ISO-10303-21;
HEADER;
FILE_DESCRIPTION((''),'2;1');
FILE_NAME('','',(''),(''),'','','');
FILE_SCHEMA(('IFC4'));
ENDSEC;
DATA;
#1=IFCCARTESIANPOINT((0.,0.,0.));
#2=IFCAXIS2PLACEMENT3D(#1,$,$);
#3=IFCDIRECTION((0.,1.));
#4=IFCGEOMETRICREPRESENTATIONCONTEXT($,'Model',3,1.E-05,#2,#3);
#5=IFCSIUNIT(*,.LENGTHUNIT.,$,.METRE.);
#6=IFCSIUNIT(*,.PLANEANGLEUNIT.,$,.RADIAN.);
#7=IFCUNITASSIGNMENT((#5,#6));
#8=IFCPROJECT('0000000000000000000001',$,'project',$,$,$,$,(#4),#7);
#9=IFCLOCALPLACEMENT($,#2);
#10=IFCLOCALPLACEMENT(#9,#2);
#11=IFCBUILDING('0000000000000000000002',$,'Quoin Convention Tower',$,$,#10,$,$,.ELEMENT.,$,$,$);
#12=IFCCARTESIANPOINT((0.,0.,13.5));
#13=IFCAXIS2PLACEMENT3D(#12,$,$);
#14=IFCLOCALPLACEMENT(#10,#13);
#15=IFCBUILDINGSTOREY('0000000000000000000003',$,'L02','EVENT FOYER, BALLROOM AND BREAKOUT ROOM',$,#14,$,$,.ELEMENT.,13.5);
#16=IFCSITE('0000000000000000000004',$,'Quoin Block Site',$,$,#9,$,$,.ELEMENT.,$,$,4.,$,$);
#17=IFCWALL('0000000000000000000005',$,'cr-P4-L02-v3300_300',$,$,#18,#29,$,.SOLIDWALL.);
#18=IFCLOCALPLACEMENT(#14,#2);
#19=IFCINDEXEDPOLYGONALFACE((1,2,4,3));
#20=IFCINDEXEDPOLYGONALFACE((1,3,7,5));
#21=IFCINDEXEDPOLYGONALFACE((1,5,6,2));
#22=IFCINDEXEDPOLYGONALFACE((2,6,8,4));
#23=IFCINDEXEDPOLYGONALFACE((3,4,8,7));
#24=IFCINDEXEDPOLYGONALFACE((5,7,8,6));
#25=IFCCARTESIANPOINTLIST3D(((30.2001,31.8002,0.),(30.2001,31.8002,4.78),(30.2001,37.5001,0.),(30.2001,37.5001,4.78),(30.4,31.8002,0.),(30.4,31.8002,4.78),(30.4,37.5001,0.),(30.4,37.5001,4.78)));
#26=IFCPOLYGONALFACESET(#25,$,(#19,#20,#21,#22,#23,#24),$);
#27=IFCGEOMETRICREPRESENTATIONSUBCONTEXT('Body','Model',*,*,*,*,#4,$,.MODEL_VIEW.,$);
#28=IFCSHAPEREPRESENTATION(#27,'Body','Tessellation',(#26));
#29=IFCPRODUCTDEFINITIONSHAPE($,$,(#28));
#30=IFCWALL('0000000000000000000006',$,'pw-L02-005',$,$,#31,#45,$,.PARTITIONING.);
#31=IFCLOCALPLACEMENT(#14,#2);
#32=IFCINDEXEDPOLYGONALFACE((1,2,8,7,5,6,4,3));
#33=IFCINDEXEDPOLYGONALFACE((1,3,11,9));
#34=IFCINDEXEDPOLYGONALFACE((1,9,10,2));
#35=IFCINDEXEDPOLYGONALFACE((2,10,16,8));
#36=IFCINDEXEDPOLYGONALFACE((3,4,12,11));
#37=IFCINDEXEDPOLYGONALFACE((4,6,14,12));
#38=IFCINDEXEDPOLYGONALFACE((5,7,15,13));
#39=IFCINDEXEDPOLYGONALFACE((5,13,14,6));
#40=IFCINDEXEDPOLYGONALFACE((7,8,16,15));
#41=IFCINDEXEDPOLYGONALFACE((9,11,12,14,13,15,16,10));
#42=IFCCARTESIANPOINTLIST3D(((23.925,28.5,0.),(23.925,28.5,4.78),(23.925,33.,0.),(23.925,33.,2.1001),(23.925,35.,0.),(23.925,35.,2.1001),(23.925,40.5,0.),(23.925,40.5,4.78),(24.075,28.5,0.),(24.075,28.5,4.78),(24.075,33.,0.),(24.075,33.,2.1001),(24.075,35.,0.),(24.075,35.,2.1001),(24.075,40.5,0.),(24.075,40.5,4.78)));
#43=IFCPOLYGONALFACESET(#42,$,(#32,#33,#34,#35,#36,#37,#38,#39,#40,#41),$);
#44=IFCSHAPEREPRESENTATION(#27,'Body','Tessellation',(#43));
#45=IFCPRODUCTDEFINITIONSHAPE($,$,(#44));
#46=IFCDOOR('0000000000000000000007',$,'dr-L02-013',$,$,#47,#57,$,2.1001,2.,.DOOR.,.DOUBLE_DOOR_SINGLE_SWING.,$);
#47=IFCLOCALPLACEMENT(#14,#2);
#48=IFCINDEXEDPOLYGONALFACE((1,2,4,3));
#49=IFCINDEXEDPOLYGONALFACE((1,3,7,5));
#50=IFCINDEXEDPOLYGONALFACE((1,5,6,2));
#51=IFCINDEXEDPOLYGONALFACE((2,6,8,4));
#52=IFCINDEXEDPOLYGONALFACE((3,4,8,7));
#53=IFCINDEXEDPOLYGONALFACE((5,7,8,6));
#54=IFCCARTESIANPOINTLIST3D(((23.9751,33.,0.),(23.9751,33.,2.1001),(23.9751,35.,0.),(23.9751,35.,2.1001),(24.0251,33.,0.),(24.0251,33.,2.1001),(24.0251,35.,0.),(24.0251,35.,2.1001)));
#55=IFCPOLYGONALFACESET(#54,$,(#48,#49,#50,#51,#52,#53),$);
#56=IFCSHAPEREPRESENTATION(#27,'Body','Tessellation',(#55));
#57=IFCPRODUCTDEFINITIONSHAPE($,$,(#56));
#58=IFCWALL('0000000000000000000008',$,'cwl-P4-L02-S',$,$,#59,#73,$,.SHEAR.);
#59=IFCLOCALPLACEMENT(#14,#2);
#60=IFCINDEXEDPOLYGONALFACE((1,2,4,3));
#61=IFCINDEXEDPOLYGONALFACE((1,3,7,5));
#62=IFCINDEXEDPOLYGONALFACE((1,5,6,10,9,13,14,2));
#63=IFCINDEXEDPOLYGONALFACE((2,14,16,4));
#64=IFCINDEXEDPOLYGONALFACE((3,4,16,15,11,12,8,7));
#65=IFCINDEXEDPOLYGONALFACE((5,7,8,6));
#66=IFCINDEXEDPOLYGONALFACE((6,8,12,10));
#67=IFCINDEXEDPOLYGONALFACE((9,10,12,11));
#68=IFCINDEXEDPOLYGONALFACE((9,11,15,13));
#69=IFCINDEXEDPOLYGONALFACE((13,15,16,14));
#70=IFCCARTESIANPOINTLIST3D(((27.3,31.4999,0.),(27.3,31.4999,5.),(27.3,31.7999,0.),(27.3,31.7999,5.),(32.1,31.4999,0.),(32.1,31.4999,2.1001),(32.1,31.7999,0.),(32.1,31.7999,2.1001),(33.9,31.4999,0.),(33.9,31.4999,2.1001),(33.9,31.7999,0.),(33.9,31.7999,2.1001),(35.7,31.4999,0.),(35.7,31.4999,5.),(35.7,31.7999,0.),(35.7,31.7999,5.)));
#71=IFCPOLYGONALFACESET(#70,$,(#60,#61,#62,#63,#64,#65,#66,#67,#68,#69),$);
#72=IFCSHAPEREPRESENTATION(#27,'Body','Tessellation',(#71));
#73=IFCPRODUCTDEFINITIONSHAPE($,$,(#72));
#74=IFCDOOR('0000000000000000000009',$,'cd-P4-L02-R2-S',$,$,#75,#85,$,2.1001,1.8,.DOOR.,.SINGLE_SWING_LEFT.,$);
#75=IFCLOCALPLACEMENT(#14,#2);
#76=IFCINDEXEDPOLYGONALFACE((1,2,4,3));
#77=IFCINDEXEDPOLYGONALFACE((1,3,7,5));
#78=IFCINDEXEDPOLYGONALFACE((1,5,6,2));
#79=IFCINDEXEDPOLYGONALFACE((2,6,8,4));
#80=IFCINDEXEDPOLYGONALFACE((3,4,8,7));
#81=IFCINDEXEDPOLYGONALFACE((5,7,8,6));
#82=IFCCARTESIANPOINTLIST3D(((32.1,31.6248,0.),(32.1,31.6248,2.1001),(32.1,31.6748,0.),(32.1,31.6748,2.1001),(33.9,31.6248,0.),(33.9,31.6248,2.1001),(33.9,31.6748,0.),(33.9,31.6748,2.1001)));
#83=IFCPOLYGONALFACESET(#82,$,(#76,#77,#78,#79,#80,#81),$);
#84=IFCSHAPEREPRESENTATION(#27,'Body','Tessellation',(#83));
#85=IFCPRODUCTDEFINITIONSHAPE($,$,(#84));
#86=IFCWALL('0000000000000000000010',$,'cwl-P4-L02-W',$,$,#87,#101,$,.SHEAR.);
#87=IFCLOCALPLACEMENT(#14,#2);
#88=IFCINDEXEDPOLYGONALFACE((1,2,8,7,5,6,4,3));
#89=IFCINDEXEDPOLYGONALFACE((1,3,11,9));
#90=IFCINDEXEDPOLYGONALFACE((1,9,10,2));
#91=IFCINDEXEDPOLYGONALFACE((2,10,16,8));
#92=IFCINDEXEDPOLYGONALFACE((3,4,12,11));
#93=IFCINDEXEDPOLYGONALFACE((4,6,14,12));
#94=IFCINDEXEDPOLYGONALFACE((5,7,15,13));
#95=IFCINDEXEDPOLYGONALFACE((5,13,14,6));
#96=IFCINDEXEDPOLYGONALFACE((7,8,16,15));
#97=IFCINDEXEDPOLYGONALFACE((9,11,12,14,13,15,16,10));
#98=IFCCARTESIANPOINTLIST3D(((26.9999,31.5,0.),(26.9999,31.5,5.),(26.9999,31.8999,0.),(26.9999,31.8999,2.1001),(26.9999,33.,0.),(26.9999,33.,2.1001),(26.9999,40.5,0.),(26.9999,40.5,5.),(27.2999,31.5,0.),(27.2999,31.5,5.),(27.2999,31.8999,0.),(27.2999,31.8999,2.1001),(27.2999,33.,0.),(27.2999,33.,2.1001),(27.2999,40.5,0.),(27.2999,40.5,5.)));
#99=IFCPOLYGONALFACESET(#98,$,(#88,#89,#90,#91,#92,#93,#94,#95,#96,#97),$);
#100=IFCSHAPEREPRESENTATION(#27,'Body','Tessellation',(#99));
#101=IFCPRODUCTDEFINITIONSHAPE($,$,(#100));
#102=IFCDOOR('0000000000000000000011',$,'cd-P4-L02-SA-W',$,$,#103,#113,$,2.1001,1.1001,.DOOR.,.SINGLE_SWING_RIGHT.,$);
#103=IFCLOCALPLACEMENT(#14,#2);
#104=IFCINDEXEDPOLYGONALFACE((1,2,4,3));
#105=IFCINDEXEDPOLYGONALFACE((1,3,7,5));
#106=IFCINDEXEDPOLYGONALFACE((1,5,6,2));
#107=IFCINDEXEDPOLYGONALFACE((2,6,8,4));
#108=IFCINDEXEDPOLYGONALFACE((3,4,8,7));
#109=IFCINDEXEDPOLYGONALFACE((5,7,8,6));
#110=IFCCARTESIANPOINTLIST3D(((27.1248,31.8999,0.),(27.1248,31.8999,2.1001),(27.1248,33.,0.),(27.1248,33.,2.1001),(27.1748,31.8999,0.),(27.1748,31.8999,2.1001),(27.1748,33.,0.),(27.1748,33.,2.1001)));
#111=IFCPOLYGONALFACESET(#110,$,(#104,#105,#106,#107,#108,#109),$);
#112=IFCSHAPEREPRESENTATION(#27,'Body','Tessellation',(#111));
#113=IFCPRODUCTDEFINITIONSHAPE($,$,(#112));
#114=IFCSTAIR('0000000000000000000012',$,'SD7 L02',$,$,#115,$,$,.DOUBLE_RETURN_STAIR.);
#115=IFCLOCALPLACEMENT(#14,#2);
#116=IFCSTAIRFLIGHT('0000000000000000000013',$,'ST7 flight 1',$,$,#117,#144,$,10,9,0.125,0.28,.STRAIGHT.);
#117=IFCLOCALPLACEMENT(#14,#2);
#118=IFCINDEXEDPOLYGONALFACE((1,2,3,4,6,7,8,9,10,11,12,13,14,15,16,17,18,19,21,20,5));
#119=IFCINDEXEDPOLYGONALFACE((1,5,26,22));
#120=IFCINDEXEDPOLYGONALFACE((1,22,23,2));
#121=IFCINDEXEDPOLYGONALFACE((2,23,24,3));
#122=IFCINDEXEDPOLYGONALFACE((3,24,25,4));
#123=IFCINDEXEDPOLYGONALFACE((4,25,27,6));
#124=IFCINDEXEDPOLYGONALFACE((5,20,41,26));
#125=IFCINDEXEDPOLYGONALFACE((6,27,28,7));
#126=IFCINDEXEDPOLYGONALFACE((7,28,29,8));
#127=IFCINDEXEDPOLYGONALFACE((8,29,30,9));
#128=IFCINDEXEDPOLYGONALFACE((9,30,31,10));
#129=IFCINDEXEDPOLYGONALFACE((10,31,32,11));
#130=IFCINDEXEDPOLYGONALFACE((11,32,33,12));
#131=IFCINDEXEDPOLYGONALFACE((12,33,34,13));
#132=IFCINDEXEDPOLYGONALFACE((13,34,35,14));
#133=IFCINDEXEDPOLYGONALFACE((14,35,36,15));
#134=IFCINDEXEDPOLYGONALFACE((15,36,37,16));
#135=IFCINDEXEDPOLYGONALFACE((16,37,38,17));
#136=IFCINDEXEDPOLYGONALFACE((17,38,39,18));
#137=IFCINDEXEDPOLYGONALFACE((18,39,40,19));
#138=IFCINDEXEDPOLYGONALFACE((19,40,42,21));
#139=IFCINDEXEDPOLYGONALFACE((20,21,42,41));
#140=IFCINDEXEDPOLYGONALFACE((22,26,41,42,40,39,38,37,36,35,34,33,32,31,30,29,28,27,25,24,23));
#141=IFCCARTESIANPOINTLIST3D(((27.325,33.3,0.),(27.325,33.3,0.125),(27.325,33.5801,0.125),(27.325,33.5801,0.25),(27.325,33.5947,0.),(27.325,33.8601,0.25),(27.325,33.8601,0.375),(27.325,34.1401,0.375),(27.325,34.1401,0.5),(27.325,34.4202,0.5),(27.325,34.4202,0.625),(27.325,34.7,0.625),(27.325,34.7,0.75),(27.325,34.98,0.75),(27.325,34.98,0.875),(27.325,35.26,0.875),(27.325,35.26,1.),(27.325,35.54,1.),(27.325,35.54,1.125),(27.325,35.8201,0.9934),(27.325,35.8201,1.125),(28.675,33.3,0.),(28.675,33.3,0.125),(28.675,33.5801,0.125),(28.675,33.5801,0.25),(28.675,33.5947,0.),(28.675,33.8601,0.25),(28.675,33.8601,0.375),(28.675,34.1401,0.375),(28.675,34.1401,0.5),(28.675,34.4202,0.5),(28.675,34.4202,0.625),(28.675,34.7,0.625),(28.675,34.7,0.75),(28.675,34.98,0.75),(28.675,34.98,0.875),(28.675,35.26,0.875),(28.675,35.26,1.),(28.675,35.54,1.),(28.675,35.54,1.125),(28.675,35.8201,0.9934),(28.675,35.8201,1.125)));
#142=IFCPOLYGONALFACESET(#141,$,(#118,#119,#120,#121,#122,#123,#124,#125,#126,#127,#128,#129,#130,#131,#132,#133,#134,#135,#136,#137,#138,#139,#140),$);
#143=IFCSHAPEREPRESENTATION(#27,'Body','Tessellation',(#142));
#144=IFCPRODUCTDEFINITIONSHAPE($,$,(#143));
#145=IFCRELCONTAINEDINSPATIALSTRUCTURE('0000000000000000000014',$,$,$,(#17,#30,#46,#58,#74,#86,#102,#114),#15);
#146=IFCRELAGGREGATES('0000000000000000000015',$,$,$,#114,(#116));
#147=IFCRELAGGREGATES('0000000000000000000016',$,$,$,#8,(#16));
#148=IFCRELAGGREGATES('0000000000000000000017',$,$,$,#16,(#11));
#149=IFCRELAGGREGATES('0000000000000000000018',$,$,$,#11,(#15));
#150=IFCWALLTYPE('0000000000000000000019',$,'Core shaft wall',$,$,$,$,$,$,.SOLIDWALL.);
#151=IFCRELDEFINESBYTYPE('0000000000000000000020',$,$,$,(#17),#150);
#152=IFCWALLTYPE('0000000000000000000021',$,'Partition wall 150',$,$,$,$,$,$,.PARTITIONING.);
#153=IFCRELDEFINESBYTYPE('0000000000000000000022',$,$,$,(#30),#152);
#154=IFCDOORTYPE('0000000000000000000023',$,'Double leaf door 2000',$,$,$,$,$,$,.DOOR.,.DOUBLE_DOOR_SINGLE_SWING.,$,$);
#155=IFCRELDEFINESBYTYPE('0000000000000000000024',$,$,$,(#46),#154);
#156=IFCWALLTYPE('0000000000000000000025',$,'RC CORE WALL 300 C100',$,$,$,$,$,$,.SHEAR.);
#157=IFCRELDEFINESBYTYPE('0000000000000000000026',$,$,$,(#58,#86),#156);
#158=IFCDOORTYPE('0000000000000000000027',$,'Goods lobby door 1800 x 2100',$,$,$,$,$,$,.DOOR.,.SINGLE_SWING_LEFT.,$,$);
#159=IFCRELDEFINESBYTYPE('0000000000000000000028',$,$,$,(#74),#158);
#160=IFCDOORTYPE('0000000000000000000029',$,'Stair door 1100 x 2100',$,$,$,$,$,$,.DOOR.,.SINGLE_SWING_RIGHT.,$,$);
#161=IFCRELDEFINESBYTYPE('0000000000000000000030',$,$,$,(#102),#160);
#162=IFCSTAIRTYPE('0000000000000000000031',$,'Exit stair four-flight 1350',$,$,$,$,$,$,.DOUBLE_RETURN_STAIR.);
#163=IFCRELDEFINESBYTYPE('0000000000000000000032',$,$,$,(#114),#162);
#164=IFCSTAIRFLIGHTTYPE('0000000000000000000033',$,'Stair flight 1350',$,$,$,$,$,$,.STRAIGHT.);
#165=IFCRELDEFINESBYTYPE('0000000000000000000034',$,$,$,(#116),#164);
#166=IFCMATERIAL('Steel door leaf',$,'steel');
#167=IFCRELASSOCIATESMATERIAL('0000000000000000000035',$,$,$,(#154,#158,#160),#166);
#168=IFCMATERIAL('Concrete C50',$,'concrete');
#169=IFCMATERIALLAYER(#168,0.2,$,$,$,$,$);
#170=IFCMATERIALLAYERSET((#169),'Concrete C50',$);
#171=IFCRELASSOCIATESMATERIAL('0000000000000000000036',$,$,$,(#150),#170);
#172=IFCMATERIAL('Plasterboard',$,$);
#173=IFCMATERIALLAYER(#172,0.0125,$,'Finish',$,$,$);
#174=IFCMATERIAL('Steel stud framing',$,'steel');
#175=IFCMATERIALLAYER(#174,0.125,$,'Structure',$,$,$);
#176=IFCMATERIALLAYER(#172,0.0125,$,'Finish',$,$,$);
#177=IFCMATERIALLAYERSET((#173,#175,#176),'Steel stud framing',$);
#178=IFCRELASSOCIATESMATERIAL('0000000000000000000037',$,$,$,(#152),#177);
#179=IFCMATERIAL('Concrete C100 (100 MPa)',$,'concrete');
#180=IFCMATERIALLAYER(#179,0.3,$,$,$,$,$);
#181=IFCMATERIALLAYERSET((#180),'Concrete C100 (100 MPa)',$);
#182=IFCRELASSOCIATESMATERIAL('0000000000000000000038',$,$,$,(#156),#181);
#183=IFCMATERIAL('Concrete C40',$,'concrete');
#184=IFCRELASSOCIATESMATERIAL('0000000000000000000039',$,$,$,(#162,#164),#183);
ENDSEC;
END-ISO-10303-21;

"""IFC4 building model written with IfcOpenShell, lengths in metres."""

from ifc_helpers import new_model, si_unit, direction, frame, frame_2d, origin, place, context, subcontext, project, spatial, polyline, rectangle, outline, extrude, material, layer, layer_set, type_object, element, fill, aggregate, save


model = new_model("IFC4")

# Units and contexts
model_context = context("Model", 3, precision=1e-05, world=origin(), true_north=direction((0.0, 1.0)))
body_context = subcontext(model_context, "Body", "Model", "MODEL_VIEW")
ifc_project = project(units=[si_unit("LENGTHUNIT", "METRE"), si_unit("PLANEANGLEUNIT", "RADIAN")], contexts=[model_context])

# Site, building, storey
site_placement = place(None, origin())
site = spatial("IfcSite", under=ifc_project, at=site_placement, Name="Quoin Block Site", CompositionType="ELEMENT", RefElevation=4.0)
building_placement = place(site_placement, origin())
building = spatial("IfcBuilding", under=site, at=building_placement, Name="Quoin Convention Tower", CompositionType="ELEMENT")
storey_placement = place(building_placement, frame((0.0, 0.0, 13.5)))
storey = spatial("IfcBuildingStorey", under=building, at=storey_placement, Name="L02", Description="EVENT FOYER, BALLROOM AND BREAKOUT ROOM", CompositionType="ELEMENT", Elevation=13.5)

# Shared definitions
ifc_material_1 = material(Name="Concrete C100 (100 MPa)", Category="concrete")

# Shared definitions
ifc_material_2 = material(Name="Plasterboard")
ifc_material_3 = material(Name="Steel stud framing", Category="steel")
ifc_material_4 = material(Name="Steel door leaf", Category="steel")
door_type_1 = type_object("IfcDoorType", Name="Double leaf door 2000", OperationType="DOUBLE_DOOR_SINGLE_SWING", PredefinedType="DOOR", material=ifc_material_4)

# Wall
ifc_material_5 = material(Name="Concrete C50", Category="concrete")
ifc_layer_1 = layer(ifc_material_5, 0.2)
ifc_layer_set_1 = layer_set([ifc_layer_1], Name="Concrete C50")
wall_type_1 = type_object("IfcWallType", Name="Core shaft wall", PredefinedType="SOLIDWALL", material=ifc_layer_set_1)
wall_1_placement = place(storey_placement, frame((30.3, 31.8, 0.0), z_axis=(0.0, 0.0, 1.0), x_axis=(0.0, 1.0, 0.0)))
element("IfcWall", 1, at=wall_1_placement, inside=storey, type_object=wall_type_1, Name="cr-P4-L02-v3300_300", PredefinedType="SOLIDWALL", context=body_context, shape_type="SweptSolid", body=[
    extrude(rectangle(XDim=5.7, YDim=0.2, at=frame_2d((2.8501, 0.0))), origin(), (0.0, 0.0, 1.0), 4.78),
])

# Walls, openings, doors
ifc_layer_2 = layer(ifc_material_2, 0.0125, Name="Finish")
ifc_layer_3 = layer(ifc_material_3, 0.125, Name="Structure")
ifc_layer_4 = layer(ifc_material_2, 0.0125, Name="Finish")
ifc_layer_set_2 = layer_set([ifc_layer_2, ifc_layer_3, ifc_layer_4], Name="Steel stud framing")
wall_type_2 = type_object("IfcWallType", Name="Partition wall 150", PredefinedType="PARTITIONING", material=ifc_layer_set_2)
wall_2_placement = place(storey_placement, frame((24.0, 28.5, 0.0), z_axis=(0.0, 0.0, 1.0), x_axis=(0.0, 1.0, 0.0)))
wall_2 = element("IfcWall", 2, at=wall_2_placement, inside=storey, type_object=wall_type_2, Name="pw-L02-005", PredefinedType="PARTITIONING", context=body_context, shape_type="SweptSolid", body=[
    extrude(rectangle(XDim=12.0, YDim=0.1499, at=frame_2d((6.0, 0.0))), origin(), (0.0, 0.0, 1.0), 4.78),
])
opening_1_placement = place(wall_2_placement, frame((4.5, 0.0, 0.0)))
opening_1 = element("IfcOpeningElement", 3, at=opening_1_placement, cuts=wall_2, PredefinedType="OPENING", context=body_context, shape_type="SweptSolid", body=[
    extrude(rectangle(XDim=2.0, YDim=2.1001, at=frame_2d((1.0, 1.05))), frame((0.0, 0.085, 0.0), z_axis=(0.0, -1.0, 0.0), x_axis=(1.0, 0.0, 0.0)), (0.0, 0.0, 1.0), 0.1699),
])
door_1_placement = place(opening_1_placement, origin())
door_1 = element("IfcDoor", 4, at=door_1_placement, inside=storey, type_object=door_type_1, Name="dr-L02-013", OperationType="DOUBLE_DOOR_SINGLE_SWING", OverallHeight=2.1001, OverallWidth=2.0, PredefinedType="DOOR", context=body_context, shape_type="SweptSolid", body=[
    extrude(rectangle(XDim=2.0, YDim=2.1001, at=frame_2d((1.0, 1.05))), frame((0.0, 0.0249, 0.0), z_axis=(0.0, -1.0, 0.0), x_axis=(1.0, 0.0, 0.0)), (0.0, 0.0, 1.0), 0.05),
])
fill(opening_1, door_1)
ifc_layer_5 = layer(ifc_material_1, 0.3)
ifc_layer_set_3 = layer_set([ifc_layer_5], Name="Concrete C100 (100 MPa)")
wall_type_3 = type_object("IfcWallType", Name="RC CORE WALL 300 C100", PredefinedType="SHEAR", material=ifc_layer_set_3)
wall_3_placement = place(storey_placement, frame((27.3, 31.6499, 0.0), z_axis=(0.0, 0.0, 1.0), x_axis=(1.0, 0.0, 0.0)))
wall_3 = element("IfcWall", 5, at=wall_3_placement, inside=storey, type_object=wall_type_3, Name="cwl-P4-L02-S", PredefinedType="SHEAR", context=body_context, shape_type="SweptSolid", body=[
    extrude(rectangle(XDim=8.3999, YDim=0.3, at=frame_2d((4.2, 0.0))), origin(), (0.0, 0.0, 1.0), 5.0),
])
opening_2_placement = place(wall_3_placement, frame((4.8, 0.0, 0.0)))
opening_2 = element("IfcOpeningElement", 6, at=opening_2_placement, cuts=wall_3, PredefinedType="OPENING", context=body_context, shape_type="SweptSolid", body=[
    extrude(rectangle(XDim=1.8, YDim=2.1001, at=frame_2d((0.8999, 1.05))), frame((0.0, 0.1599, 0.0), z_axis=(0.0, -1.0, 0.0), x_axis=(1.0, 0.0, 0.0)), (0.0, 0.0, 1.0), 0.3201),
])
door_type_2 = type_object("IfcDoorType", Name="Goods lobby door 1800 x 2100", OperationType="SINGLE_SWING_LEFT", PredefinedType="DOOR", material=ifc_material_4)
door_2_placement = place(opening_2_placement, origin())
door_2 = element("IfcDoor", 7, at=door_2_placement, inside=storey, type_object=door_type_2, Name="cd-P4-L02-R2-S", OperationType="SINGLE_SWING_LEFT", OverallHeight=2.1001, OverallWidth=1.8, PredefinedType="DOOR", context=body_context, shape_type="SweptSolid", body=[
    extrude(rectangle(XDim=1.8, YDim=2.1001, at=frame_2d((0.8999, 1.05))), frame((0.0, 0.0249, 0.0), z_axis=(0.0, -1.0, 0.0), x_axis=(1.0, 0.0, 0.0)), (0.0, 0.0, 1.0), 0.05),
])
fill(opening_2, door_2)
wall_4_placement = place(storey_placement, frame((27.1499, 31.5, 0.0), z_axis=(0.0, 0.0, 1.0), x_axis=(0.0, 1.0, 0.0)))
wall_4 = element("IfcWall", 8, at=wall_4_placement, inside=storey, type_object=wall_type_3, Name="cwl-P4-L02-W", PredefinedType="SHEAR", context=body_context, shape_type="SweptSolid", body=[
    extrude(rectangle(XDim=9.0, YDim=0.3, at=frame_2d((4.5, 0.0))), origin(), (0.0, 0.0, 1.0), 5.0),
])
opening_3_placement = place(wall_4_placement, frame((0.3999, 0.0, 0.0)))
opening_3 = element("IfcOpeningElement", 9, at=opening_3_placement, cuts=wall_4, PredefinedType="OPENING", context=body_context, shape_type="SweptSolid", body=[
    extrude(rectangle(XDim=1.1001, YDim=2.1001, at=frame_2d((0.55, 1.05))), frame((0.0, 0.1599, 0.0), z_axis=(0.0, -1.0, 0.0), x_axis=(1.0, 0.0, 0.0)), (0.0, 0.0, 1.0), 0.3201),
])
door_type_3 = type_object("IfcDoorType", Name="Stair door 1100 x 2100", OperationType="SINGLE_SWING_RIGHT", PredefinedType="DOOR", material=ifc_material_4)
door_3_placement = place(opening_3_placement, frame((1.1001, 0.0, 0.0), z_axis=(0.0, 0.0, 1.0), x_axis=(-1.0, 0.0, 0.0)))
door_3 = element("IfcDoor", 10, at=door_3_placement, inside=storey, type_object=door_type_3, Name="cd-P4-L02-SA-W", OperationType="SINGLE_SWING_RIGHT", OverallHeight=2.1001, OverallWidth=1.1001, PredefinedType="DOOR", context=body_context, shape_type="SweptSolid", body=[
    extrude(rectangle(XDim=1.1001, YDim=2.1001, at=frame_2d((0.55, 1.05))), frame((0.0, 0.0249, 0.0), z_axis=(0.0, -1.0, 0.0), x_axis=(1.0, 0.0, 0.0)), (0.0, 0.0, 1.0), 0.05),
])
fill(opening_3, door_3)

# Stair, stair flight
ifc_material_6 = material(Name="Concrete C40", Category="concrete")
stair_type = type_object("IfcStairType", Name="Exit stair four-flight 1350", PredefinedType="DOUBLE_RETURN_STAIR", material=ifc_material_6)
stair_placement = place(storey_placement, origin())
stair = element("IfcStair", 11, at=stair_placement, inside=storey, type_object=stair_type, Name="SD7 L02", PredefinedType="DOUBLE_RETURN_STAIR")
stair_flight_type = type_object("IfcStairFlightType", Name="Stair flight 1350", PredefinedType="STRAIGHT", material=ifc_material_6)
stair_flight_1_placement = place(storey_placement, frame((28.0, 33.3, 0.0), z_axis=(0.0, 0.0, 1.0), x_axis=(0.0, 1.0, 0.0)))
stair_flight_1 = element("IfcStairFlight", 12, at=stair_flight_1_placement, type_object=stair_flight_type, Name="ST7 flight 1", NumberOfRisers=10, NumberOfTreads=9, PredefinedType="STRAIGHT", RiserHeight=0.125, TreadLength=0.28, context=body_context, shape_type="SweptSolid", body=[
    extrude(outline(polyline([(0.0, 0.0), (0.0, 0.125), (0.28, 0.125), (0.28, 0.25), (0.5601, 0.25), (0.5601, 0.375), (0.8401, 0.375), (0.8401, 0.5), (1.1201, 0.5), (1.1201, 0.625), (1.3999, 0.625), (1.3999, 0.75), (1.6799, 0.75), (1.6799, 0.875), (1.96, 0.875), (1.96, 1.0), (2.24, 1.0), (2.24, 1.125), (2.52, 1.125), (2.52, 1.25), (2.52, 0.9934), (0.2947, 0.0), (0.0, 0.0)])), frame((0.0, 0.675, 0.0), z_axis=(0.0, -1.0, 0.0), x_axis=(1.0, 0.0, 0.0)), (0.0, 0.0, 1.0), 1.3501),
])
aggregate(stair, [stair_flight_1])

save(model, "model.ifc")
